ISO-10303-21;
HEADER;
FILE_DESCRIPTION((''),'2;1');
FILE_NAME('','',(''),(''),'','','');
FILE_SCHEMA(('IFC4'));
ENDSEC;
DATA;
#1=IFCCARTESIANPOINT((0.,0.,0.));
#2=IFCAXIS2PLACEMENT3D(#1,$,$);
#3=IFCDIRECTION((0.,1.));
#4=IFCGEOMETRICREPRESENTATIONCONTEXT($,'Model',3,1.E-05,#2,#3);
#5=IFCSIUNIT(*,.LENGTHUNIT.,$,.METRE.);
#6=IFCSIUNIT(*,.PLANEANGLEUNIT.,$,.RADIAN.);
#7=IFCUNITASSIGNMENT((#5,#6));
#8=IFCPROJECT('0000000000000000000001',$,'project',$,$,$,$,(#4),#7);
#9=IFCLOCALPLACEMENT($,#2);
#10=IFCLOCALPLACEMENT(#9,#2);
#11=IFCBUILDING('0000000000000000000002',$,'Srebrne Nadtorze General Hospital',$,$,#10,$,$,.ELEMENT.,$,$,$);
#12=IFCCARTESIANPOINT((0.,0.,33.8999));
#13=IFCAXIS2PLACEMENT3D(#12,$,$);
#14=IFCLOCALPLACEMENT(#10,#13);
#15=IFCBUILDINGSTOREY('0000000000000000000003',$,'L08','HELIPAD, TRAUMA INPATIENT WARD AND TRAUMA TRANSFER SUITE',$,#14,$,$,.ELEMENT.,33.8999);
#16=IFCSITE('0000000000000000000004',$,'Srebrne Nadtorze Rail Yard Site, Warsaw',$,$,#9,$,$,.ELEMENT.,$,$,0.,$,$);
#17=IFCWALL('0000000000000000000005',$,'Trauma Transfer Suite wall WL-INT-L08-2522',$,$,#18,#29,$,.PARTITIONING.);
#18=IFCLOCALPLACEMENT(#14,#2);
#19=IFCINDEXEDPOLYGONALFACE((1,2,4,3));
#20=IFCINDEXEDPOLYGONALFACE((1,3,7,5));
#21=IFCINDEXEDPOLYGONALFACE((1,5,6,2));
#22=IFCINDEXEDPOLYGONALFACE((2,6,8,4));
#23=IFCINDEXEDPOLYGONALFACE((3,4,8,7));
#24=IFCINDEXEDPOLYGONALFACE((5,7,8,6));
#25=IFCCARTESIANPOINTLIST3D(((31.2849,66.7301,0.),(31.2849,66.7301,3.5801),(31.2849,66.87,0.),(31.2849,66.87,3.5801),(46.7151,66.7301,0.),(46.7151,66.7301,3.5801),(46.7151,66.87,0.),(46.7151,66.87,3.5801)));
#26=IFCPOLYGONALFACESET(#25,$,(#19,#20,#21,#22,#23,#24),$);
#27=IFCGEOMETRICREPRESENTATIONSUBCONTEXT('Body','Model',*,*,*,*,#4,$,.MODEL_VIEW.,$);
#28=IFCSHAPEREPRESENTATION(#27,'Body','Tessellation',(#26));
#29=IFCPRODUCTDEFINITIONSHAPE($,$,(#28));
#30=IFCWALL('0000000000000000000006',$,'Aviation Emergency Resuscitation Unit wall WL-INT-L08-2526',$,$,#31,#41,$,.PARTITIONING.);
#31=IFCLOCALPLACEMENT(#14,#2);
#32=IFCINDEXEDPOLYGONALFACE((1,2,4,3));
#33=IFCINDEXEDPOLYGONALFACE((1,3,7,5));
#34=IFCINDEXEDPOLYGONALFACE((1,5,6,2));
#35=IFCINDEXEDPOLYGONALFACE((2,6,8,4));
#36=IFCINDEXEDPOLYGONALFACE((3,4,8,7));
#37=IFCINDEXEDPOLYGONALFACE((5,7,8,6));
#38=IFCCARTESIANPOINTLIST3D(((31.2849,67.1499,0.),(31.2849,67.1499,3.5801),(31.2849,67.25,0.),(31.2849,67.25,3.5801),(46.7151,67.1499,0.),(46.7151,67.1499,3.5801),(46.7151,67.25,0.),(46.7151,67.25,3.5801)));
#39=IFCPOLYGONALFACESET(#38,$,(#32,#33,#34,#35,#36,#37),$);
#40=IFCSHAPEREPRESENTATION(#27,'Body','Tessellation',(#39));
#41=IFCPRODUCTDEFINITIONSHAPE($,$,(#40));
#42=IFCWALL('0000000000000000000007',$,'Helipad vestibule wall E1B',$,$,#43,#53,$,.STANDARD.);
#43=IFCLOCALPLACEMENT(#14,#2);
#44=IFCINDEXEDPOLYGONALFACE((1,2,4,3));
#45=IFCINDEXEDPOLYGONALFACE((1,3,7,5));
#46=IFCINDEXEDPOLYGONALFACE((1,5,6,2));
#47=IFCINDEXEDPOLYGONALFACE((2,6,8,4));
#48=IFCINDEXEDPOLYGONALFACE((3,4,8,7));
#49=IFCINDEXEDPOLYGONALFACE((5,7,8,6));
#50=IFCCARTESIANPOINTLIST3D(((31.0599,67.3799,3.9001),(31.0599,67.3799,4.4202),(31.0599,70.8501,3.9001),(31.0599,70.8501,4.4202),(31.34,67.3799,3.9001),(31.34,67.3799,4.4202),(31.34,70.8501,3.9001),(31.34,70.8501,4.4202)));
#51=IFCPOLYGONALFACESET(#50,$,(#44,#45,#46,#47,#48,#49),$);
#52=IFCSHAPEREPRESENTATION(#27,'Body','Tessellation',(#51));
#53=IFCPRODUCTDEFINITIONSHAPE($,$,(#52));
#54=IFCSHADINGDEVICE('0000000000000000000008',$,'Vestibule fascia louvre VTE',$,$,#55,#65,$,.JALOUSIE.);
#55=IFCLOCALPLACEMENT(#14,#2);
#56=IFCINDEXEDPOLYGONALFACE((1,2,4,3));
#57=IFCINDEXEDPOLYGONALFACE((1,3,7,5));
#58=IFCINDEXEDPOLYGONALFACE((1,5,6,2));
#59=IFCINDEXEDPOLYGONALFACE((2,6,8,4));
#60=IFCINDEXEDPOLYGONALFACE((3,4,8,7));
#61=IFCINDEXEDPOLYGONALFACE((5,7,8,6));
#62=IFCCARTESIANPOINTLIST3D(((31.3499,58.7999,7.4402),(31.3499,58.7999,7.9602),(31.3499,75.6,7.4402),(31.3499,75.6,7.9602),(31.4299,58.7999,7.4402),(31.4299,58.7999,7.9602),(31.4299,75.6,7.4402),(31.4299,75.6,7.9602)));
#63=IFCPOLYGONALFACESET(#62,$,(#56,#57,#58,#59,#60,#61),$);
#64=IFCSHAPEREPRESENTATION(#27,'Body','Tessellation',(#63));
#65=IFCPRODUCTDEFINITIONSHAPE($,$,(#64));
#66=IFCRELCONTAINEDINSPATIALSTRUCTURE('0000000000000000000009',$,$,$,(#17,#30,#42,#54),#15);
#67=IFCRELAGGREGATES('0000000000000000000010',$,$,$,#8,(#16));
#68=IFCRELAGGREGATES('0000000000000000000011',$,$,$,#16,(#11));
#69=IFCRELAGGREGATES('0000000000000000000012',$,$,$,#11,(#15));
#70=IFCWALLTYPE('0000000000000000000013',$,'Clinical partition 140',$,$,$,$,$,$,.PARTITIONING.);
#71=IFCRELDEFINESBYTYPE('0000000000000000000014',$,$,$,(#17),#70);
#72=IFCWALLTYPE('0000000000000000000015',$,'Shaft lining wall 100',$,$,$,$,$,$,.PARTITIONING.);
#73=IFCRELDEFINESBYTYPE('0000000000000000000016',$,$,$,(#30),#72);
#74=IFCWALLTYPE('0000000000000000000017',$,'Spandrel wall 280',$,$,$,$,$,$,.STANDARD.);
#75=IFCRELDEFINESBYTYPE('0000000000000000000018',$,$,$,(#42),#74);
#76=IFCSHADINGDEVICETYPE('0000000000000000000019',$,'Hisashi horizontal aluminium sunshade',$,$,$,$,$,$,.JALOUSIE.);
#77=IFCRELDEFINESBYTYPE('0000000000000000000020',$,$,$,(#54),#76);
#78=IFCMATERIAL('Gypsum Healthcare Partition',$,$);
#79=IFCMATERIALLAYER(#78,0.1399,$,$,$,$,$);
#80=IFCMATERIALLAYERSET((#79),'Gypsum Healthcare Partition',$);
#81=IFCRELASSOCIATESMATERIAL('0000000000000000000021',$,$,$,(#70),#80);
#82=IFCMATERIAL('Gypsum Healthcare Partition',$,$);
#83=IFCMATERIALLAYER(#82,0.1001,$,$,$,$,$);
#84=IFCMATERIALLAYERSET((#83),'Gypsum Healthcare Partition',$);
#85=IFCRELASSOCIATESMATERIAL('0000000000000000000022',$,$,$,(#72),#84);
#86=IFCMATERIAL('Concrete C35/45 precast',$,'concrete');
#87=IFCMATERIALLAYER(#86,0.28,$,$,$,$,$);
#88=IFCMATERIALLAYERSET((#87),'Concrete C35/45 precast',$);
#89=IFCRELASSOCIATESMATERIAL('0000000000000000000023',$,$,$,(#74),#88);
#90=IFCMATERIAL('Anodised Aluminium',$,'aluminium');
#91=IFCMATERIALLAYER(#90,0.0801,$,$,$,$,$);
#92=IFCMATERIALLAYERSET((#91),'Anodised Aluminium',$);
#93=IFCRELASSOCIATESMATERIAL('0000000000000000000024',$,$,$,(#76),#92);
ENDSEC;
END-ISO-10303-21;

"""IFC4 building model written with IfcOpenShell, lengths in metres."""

from ifc_helpers import new_model, si_unit, direction, frame, frame_2d, origin, origin_2d, place, context, subcontext, project, spatial, rectangle, extrude, material, layer, layer_set, type_object, element, save


model = new_model("IFC4")

# Units and contexts
model_context = context("Model", 3, precision=1e-05, world=origin(), true_north=direction((0.0, 1.0)))
body_context = subcontext(model_context, "Body", "Model", "MODEL_VIEW")
ifc_project = project(units=[si_unit("LENGTHUNIT", "METRE"), si_unit("PLANEANGLEUNIT", "RADIAN")], contexts=[model_context])

# Site, building, storey
site_placement = place(None, origin())
site = spatial("IfcSite", under=ifc_project, at=site_placement, Name="Srebrne Nadtorze Rail Yard Site, Warsaw", CompositionType="ELEMENT", RefElevation=0.0)
building_placement = place(site_placement, origin())
building = spatial("IfcBuilding", under=site, at=building_placement, Name="Srebrne Nadtorze General Hospital", CompositionType="ELEMENT")
storey_placement = place(building_placement, frame((0.0, 0.0, 33.8999)))
storey = spatial("IfcBuildingStorey", under=building, at=storey_placement, Name="L08", Description="HELIPAD, TRAUMA INPATIENT WARD AND TRAUMA TRANSFER SUITE", CompositionType="ELEMENT", Elevation=33.8999)

# Walls
ifc_material_1 = material(Name="Gypsum Healthcare Partition")
ifc_layer_1 = layer(ifc_material_1, 0.1399)
ifc_layer_set_1 = layer_set([ifc_layer_1], Name="Gypsum Healthcare Partition")
wall_type_1 = type_object("IfcWallType", Name="Clinical partition 140", PredefinedType="PARTITIONING", material=ifc_layer_set_1)
wall_1_placement = place(storey_placement, frame((31.2849, 66.8, 0.0), z_axis=(0.0, 0.0, 1.0), x_axis=(1.0, 0.0, 0.0)))
element("IfcWall", 1, at=wall_1_placement, inside=storey, type_object=wall_type_1, Name="Trauma Transfer Suite wall WL-INT-L08-2522", PredefinedType="PARTITIONING", context=body_context, shape_type="SweptSolid", body=[
    extrude(rectangle(XDim=15.4302, YDim=0.1399, at=frame_2d((7.7151, 0.0))), origin(), (0.0, 0.0, 1.0), 3.5801),
])
ifc_material_2 = material(Name="Gypsum Healthcare Partition")
ifc_layer_2 = layer(ifc_material_2, 0.1001)
ifc_layer_set_2 = layer_set([ifc_layer_2], Name="Gypsum Healthcare Partition")
wall_type_2 = type_object("IfcWallType", Name="Shaft lining wall 100", PredefinedType="PARTITIONING", material=ifc_layer_set_2)
wall_2_placement = place(storey_placement, frame((31.2849, 67.2, 0.0), z_axis=(0.0, 0.0, 1.0), x_axis=(1.0, 0.0, 0.0)))
element("IfcWall", 2, at=wall_2_placement, inside=storey, type_object=wall_type_2, Name="Aviation Emergency Resuscitation Unit wall WL-INT-L08-2526", PredefinedType="PARTITIONING", context=body_context, shape_type="SweptSolid", body=[
    extrude(rectangle(XDim=15.4302, YDim=0.1001, at=frame_2d((7.7151, 0.0))), origin(), (0.0, 0.0, 1.0), 3.5801),
])
ifc_material_3 = material(Name="Concrete C35/45 precast", Category="concrete")
ifc_layer_3 = layer(ifc_material_3, 0.28)
ifc_layer_set_3 = layer_set([ifc_layer_3], Name="Concrete C35/45 precast")
wall_type_3 = type_object("IfcWallType", Name="Spandrel wall 280", PredefinedType="STANDARD", material=ifc_layer_set_3)
wall_3_placement = place(storey_placement, frame((31.2, 67.3799, 3.9001), z_axis=(0.0, 0.0, 1.0), x_axis=(0.0, 1.0, 0.0)))
element("IfcWall", 3, at=wall_3_placement, inside=storey, type_object=wall_type_3, Name="Helipad vestibule wall E1B", PredefinedType="STANDARD", context=body_context, shape_type="SweptSolid", body=[
    extrude(rectangle(XDim=3.4702, YDim=0.28, at=frame_2d((1.7351, 0.0))), origin(), (0.0, 0.0, 1.0), 0.52),
])

# Shading device
ifc_material_4 = material(Name="Anodised Aluminium", Category="aluminium")
ifc_layer_4 = layer(ifc_material_4, 0.0801)
ifc_layer_set_4 = layer_set([ifc_layer_4], Name="Anodised Aluminium")
shading_device_type = type_object("IfcShadingDeviceType", Name="Hisashi horizontal aluminium sunshade", PredefinedType="JALOUSIE", material=ifc_layer_set_4)
shading_device_placement = place(storey_placement, frame((31.3899, 67.2, 7.4402), z_axis=(0.0, 0.0, 1.0), x_axis=(1.0, 0.0, 0.0)))
element("IfcShadingDevice", 4, at=shading_device_placement, inside=storey, type_object=shading_device_type, Name="Vestibule fascia louvre VTE", PredefinedType="JALOUSIE", context=body_context, shape_type="SweptSolid", body=[
    extrude(rectangle(XDim=0.0801, YDim=16.8, at=origin_2d()), origin(), (0.0, 0.0, 1.0), 0.52),
])

save(model, "model.ifc")
